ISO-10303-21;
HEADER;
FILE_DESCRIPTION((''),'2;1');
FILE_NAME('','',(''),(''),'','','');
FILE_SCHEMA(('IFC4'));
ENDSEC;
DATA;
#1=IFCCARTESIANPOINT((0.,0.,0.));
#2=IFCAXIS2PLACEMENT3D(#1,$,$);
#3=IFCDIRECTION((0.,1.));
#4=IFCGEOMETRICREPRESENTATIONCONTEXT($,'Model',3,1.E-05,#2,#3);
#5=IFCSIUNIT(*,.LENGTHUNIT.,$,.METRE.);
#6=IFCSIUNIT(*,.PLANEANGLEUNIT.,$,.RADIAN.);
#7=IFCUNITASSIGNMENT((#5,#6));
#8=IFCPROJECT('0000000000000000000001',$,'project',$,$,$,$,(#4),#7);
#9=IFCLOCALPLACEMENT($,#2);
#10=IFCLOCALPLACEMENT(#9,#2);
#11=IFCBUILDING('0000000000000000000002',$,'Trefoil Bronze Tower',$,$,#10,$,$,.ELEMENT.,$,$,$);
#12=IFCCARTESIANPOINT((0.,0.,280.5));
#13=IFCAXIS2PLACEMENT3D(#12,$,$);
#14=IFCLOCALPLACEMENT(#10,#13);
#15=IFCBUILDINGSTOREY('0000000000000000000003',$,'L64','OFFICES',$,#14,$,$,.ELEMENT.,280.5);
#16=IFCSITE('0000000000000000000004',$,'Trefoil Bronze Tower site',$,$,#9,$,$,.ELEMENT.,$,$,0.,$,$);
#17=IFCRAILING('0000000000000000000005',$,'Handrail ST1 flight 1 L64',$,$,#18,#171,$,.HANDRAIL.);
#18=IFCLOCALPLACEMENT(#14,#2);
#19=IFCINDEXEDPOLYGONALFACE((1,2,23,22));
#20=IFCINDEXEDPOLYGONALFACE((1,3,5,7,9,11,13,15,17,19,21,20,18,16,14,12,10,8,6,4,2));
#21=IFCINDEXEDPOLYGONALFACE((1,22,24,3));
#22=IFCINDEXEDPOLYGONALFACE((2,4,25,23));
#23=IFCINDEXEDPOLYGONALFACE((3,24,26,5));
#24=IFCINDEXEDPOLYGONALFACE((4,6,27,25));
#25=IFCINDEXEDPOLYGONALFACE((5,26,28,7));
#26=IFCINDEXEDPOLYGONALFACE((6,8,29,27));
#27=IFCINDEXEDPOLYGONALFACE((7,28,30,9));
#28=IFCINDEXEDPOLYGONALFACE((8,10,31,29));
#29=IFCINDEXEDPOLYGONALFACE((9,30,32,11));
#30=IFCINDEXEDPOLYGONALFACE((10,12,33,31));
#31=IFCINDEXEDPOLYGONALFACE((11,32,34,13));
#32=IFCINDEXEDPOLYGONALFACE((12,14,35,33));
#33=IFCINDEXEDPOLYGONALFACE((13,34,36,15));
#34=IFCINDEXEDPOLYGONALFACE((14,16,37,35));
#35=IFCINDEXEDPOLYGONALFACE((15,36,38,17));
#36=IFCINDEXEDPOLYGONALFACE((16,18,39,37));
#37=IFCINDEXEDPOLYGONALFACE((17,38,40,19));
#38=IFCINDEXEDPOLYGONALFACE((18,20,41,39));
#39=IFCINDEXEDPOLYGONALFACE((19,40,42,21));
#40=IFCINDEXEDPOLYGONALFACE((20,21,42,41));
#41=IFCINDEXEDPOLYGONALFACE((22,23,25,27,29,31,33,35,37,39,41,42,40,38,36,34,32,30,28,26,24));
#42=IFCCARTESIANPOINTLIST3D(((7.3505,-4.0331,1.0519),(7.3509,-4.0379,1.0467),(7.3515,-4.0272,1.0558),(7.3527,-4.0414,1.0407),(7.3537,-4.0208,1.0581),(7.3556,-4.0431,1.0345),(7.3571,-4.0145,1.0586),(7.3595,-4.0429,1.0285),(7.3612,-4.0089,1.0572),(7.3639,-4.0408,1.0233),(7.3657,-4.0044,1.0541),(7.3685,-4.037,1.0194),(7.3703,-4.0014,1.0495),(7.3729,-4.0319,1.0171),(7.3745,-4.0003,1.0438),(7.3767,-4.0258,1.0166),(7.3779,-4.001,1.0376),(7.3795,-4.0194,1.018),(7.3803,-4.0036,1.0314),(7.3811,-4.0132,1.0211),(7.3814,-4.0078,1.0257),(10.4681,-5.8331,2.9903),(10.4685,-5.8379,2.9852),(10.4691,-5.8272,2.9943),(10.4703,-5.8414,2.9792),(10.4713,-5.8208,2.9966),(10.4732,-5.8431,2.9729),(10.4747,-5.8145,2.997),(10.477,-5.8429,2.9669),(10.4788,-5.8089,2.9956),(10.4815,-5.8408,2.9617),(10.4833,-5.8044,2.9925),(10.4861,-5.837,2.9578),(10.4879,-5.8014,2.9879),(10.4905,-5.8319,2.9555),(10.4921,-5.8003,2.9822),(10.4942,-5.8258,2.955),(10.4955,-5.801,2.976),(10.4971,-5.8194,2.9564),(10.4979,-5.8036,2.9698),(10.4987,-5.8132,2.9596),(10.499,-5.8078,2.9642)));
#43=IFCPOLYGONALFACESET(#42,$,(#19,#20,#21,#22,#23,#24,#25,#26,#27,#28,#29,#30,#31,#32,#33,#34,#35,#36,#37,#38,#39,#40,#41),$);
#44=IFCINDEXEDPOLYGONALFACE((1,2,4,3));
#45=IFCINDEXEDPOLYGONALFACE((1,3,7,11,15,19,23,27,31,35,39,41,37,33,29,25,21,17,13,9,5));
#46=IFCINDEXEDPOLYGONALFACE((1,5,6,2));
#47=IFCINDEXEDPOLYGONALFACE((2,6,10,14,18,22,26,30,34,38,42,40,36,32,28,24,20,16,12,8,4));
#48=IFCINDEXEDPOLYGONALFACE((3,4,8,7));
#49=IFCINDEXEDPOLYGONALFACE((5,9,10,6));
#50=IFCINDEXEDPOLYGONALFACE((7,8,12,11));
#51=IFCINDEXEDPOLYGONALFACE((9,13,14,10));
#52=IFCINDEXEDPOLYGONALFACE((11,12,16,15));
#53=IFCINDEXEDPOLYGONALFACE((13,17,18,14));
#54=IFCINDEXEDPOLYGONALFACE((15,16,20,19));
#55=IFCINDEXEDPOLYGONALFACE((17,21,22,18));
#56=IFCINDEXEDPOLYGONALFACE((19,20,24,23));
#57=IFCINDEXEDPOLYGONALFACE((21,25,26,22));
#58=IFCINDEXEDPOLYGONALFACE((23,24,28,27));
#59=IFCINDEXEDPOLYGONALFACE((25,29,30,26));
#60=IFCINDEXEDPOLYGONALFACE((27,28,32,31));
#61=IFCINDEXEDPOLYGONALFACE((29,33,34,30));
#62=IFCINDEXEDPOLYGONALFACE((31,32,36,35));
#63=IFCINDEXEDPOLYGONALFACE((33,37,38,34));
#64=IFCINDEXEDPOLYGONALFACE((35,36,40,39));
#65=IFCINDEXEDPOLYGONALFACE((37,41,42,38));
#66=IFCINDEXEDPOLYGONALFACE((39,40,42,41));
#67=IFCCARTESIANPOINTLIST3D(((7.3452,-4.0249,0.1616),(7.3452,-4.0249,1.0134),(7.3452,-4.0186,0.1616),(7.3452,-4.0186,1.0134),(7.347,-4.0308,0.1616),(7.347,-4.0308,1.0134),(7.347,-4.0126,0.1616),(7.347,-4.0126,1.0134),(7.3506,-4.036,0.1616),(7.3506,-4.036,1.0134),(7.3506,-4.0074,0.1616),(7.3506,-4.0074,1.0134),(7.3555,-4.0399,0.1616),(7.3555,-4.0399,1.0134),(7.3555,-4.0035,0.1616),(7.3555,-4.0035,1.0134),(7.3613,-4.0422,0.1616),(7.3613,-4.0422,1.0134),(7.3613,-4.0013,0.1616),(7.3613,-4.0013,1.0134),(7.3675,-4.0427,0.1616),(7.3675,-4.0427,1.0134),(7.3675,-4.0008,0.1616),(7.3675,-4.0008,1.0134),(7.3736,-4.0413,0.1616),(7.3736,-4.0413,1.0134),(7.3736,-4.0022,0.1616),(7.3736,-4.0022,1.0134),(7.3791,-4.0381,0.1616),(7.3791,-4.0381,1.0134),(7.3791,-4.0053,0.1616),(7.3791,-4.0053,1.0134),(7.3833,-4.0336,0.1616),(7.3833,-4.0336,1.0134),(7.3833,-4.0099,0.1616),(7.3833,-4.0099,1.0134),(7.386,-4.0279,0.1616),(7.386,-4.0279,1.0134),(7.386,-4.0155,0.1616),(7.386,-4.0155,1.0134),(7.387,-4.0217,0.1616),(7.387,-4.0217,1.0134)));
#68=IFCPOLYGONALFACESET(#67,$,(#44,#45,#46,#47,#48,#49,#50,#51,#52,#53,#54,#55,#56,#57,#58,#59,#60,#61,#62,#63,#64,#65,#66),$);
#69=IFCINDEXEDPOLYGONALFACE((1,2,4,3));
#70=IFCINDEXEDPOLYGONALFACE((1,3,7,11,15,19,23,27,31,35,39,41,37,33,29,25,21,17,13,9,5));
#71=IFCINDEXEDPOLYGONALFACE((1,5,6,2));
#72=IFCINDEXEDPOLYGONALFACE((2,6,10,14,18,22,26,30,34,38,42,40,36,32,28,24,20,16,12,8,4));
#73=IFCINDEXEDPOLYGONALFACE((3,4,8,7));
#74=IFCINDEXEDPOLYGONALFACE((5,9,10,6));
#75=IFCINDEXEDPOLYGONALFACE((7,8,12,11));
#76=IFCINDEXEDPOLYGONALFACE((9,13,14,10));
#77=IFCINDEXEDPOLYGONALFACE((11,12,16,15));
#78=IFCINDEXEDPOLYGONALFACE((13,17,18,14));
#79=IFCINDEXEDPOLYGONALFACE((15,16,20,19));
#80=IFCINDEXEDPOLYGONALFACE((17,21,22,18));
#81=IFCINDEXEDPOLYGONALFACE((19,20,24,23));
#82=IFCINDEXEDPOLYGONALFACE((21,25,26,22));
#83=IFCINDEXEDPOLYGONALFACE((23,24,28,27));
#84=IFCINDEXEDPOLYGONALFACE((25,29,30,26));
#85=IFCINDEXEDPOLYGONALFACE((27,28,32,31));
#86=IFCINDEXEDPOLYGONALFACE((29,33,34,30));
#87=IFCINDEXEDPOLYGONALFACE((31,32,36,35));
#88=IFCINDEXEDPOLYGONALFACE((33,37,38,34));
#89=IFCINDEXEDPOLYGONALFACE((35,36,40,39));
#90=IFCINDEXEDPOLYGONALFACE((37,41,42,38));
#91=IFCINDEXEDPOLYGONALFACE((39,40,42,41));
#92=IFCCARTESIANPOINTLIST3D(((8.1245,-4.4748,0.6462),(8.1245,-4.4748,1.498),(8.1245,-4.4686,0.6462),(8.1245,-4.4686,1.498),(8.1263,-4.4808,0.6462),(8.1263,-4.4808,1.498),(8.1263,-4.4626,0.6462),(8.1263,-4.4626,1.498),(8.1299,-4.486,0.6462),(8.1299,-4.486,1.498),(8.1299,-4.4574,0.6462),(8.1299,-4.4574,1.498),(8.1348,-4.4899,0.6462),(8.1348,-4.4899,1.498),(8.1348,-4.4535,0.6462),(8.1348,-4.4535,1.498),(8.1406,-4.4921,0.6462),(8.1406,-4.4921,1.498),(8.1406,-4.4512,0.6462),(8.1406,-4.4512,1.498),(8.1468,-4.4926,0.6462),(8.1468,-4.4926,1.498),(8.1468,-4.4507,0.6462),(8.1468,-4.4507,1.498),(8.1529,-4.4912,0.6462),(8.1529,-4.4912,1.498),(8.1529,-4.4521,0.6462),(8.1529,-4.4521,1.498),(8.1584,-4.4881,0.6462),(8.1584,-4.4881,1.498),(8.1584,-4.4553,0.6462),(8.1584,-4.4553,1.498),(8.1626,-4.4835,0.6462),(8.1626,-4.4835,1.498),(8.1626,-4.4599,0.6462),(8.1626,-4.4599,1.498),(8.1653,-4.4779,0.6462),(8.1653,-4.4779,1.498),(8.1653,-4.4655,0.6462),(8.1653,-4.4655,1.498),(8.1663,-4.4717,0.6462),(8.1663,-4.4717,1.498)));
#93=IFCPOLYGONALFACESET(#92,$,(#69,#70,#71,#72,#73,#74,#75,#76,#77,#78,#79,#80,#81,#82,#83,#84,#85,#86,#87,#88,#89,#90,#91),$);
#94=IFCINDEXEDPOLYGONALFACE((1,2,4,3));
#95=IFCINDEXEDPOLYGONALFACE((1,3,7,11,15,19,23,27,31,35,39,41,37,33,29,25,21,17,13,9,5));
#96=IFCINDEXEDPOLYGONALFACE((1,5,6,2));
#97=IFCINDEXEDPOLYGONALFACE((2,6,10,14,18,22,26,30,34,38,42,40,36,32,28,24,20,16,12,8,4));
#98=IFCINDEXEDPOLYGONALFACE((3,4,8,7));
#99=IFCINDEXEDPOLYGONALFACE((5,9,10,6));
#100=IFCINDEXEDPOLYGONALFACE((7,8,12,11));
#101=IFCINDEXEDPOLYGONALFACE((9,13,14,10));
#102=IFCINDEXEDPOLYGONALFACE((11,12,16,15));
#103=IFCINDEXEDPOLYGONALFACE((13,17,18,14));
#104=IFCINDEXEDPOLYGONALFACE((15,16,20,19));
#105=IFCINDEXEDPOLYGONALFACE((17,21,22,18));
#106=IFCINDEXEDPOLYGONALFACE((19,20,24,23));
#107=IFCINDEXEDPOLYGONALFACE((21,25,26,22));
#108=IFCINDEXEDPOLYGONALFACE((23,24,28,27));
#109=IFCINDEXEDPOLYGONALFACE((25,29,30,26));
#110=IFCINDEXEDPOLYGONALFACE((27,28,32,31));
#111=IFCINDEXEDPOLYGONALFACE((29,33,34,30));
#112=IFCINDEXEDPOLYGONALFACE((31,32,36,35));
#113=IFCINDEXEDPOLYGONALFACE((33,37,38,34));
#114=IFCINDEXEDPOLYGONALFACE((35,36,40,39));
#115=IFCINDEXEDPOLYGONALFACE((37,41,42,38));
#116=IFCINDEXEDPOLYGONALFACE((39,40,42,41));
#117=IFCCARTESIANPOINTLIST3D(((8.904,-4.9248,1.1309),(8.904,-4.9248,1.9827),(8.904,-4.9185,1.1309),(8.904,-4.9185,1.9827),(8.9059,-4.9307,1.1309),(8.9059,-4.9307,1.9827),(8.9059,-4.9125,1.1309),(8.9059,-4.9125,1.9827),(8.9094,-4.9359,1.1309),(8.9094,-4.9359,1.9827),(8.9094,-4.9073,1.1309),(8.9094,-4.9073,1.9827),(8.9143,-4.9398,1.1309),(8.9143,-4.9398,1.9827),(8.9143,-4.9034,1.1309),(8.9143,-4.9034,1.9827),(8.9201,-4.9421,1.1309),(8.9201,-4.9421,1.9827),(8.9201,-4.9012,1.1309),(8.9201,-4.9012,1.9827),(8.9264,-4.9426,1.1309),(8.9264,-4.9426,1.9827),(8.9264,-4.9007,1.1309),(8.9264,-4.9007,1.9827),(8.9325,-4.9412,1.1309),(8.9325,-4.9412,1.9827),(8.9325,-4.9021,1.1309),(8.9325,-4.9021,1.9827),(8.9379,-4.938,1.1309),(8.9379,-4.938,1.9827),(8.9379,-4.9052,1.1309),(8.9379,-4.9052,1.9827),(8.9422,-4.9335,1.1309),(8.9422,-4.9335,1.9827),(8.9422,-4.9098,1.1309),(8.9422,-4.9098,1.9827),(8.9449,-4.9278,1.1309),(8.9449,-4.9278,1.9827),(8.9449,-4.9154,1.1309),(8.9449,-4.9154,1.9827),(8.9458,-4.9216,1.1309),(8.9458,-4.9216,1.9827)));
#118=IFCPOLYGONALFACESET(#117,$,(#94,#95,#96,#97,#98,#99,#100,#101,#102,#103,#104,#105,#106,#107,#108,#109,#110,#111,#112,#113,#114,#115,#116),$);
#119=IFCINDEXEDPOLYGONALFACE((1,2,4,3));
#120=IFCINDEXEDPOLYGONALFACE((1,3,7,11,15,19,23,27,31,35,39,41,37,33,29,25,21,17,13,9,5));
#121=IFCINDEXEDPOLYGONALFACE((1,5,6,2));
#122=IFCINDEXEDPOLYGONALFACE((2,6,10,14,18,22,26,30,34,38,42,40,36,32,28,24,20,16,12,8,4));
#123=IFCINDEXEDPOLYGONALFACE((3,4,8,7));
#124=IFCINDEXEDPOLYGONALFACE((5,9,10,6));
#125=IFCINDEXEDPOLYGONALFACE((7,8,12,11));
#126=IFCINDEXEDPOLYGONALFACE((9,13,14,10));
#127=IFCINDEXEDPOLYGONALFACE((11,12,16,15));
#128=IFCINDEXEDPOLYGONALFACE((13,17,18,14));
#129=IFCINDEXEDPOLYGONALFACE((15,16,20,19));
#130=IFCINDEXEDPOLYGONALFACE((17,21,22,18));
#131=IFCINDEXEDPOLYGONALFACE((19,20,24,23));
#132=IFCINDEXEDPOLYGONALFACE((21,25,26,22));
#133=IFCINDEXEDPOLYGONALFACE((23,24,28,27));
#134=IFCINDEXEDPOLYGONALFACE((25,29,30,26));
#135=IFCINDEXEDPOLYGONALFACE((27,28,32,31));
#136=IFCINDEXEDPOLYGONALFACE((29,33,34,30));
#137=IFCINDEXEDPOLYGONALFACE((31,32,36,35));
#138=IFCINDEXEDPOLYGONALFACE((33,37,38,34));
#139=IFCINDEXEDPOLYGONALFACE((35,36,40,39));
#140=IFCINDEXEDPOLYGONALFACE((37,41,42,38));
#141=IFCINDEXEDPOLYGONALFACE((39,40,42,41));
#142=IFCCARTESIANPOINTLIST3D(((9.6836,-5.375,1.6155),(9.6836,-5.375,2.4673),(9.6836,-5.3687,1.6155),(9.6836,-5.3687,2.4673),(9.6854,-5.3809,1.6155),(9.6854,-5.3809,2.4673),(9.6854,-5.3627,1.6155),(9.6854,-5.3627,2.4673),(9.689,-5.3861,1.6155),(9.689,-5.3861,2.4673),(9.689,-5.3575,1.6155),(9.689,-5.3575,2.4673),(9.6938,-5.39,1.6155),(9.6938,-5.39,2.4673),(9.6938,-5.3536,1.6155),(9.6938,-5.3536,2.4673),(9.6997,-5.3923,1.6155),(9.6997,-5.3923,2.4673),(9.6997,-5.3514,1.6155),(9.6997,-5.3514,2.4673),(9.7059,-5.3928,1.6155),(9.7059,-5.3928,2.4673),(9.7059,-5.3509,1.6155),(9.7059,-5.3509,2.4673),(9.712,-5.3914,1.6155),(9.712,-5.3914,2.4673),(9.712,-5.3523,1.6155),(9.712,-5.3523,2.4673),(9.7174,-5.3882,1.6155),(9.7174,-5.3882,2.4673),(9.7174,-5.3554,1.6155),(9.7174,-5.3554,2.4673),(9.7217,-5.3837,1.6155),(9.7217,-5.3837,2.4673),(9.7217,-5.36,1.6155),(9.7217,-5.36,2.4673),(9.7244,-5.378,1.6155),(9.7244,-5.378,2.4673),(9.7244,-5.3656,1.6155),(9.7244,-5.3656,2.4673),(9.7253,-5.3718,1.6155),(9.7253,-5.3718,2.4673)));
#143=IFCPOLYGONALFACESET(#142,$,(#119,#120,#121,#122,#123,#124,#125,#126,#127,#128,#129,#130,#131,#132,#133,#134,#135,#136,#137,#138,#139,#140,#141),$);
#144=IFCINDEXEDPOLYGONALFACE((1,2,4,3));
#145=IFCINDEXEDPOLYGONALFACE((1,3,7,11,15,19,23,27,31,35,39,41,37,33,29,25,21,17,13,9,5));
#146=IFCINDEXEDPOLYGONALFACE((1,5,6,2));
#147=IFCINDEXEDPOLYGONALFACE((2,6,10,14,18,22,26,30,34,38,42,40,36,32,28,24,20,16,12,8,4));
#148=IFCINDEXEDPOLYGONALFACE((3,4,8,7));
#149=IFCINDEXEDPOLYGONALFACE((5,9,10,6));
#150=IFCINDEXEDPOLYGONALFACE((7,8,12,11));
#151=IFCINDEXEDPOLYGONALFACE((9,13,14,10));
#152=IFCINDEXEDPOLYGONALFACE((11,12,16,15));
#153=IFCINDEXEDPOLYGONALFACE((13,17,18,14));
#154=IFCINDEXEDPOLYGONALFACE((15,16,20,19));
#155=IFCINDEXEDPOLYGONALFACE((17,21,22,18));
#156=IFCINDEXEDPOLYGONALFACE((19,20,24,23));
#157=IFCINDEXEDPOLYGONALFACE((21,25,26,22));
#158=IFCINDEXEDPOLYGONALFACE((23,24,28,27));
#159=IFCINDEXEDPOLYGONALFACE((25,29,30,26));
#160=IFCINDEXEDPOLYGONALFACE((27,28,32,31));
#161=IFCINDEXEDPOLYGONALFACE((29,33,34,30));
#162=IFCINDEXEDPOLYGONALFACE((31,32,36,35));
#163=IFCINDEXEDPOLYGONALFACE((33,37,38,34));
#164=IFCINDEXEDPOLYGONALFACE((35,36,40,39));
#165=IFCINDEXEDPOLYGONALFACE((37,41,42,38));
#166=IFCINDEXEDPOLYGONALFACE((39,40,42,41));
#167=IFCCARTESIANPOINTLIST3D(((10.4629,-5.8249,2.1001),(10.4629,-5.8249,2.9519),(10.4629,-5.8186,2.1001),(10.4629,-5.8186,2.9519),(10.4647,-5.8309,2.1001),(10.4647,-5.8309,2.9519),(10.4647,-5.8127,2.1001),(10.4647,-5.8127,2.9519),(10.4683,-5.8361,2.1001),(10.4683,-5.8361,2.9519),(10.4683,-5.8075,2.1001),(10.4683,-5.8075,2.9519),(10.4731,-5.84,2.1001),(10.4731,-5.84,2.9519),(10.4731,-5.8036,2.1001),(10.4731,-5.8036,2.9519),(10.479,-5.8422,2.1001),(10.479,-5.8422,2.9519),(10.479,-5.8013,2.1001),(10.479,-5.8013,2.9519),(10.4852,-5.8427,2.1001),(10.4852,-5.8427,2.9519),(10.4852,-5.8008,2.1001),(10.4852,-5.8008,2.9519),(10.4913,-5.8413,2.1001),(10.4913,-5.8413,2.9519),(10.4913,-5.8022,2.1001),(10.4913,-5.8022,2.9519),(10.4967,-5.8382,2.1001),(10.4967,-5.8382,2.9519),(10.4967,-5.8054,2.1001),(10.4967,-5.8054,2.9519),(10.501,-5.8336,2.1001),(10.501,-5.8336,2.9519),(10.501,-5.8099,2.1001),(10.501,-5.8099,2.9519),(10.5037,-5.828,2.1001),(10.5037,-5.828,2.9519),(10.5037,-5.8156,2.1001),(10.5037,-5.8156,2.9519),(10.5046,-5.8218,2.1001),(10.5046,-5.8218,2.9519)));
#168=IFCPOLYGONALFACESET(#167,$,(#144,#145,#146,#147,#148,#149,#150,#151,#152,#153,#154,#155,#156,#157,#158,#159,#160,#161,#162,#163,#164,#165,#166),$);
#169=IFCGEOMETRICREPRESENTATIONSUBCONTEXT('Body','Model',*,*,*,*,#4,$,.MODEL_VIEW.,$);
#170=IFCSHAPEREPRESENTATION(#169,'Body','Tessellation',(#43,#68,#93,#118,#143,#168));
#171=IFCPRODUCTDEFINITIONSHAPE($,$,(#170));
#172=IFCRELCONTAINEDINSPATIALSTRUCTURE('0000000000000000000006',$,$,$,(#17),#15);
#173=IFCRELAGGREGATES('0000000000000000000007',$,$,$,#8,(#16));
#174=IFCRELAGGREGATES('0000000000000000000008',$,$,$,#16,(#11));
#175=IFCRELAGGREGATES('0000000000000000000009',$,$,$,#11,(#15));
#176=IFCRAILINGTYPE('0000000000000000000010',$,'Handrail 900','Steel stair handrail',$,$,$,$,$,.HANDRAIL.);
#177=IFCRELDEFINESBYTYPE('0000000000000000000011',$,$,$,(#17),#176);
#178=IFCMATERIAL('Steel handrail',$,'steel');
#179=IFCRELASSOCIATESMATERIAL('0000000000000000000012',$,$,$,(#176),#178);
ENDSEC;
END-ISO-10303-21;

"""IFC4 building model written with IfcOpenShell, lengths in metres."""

from ifc_helpers import new_model, si_unit, direction, frame, origin, origin_2d, place, context, subcontext, project, spatial, circle, extrude, material, type_object, element, save


model = new_model("IFC4")

# Units and contexts
model_context = context("Model", 3, precision=1e-05, world=origin(), true_north=direction((0.0, 1.0)))
body_context = subcontext(model_context, "Body", "Model", "MODEL_VIEW")
ifc_project = project(units=[si_unit("LENGTHUNIT", "METRE"), si_unit("PLANEANGLEUNIT", "RADIAN")], contexts=[model_context])

# Site, building, storey
site_placement = place(None, origin())
site = spatial("IfcSite", under=ifc_project, at=site_placement, Name="Trefoil Bronze Tower site", CompositionType="ELEMENT", RefElevation=0.0)
building_placement = place(site_placement, origin())
building = spatial("IfcBuilding", under=site, at=building_placement, Name="Trefoil Bronze Tower", CompositionType="ELEMENT")
storey_placement = place(building_placement, frame((0.0, 0.0, 280.5)))
storey = spatial("IfcBuildingStorey", under=building, at=storey_placement, Name="L64", Description="OFFICES", CompositionType="ELEMENT", Elevation=280.5)

# Railing
ifc_material_1 = material(Name="Steel handrail", Category="steel")
railing_type = type_object("IfcRailingType", Name="Handrail 900", Description="Steel stair handrail", PredefinedType="HANDRAIL", material=ifc_material_1)
railing_1_placement = place(storey_placement, frame((7.366, -4.0217, 0.1616)))
element("IfcRailing", 1, at=railing_1_placement, inside=storey, type_object=railing_type, Name="Handrail ST1 flight 1 L64", PredefinedType="HANDRAIL", context=body_context, shape_type="SweptSolid", body=[
    extrude(circle(Radius=0.0239, at=origin_2d()), frame((0.0, 0.0, 0.876), z_axis=(0.762503, -0.440246, 0.474102), x_axis=(0.500012, 0.866018, 0.0)), (0.0, 0.0, 1.0), 4.0886),
    extrude(circle(Radius=0.021, at=origin_2d()), origin(), (0.0, 0.0, 1.0), 0.8518),
    extrude(circle(Radius=0.021, at=origin_2d()), frame((0.7793, -0.45, 0.4846)), (0.0, 0.0, 1.0), 0.8518),
    extrude(circle(Radius=0.021, at=origin_2d()), frame((1.5588, -0.8999, 0.9692)), (0.0, 0.0, 1.0), 0.8518),
    extrude(circle(Radius=0.021, at=origin_2d()), frame((2.3384, -1.3501, 1.4539)), (0.0, 0.0, 1.0), 0.8518),
    extrude(circle(Radius=0.021, at=origin_2d()), frame((3.1177, -1.8, 1.9385)), (0.0, 0.0, 1.0), 0.8518),
])

save(model, "model.ifc")
